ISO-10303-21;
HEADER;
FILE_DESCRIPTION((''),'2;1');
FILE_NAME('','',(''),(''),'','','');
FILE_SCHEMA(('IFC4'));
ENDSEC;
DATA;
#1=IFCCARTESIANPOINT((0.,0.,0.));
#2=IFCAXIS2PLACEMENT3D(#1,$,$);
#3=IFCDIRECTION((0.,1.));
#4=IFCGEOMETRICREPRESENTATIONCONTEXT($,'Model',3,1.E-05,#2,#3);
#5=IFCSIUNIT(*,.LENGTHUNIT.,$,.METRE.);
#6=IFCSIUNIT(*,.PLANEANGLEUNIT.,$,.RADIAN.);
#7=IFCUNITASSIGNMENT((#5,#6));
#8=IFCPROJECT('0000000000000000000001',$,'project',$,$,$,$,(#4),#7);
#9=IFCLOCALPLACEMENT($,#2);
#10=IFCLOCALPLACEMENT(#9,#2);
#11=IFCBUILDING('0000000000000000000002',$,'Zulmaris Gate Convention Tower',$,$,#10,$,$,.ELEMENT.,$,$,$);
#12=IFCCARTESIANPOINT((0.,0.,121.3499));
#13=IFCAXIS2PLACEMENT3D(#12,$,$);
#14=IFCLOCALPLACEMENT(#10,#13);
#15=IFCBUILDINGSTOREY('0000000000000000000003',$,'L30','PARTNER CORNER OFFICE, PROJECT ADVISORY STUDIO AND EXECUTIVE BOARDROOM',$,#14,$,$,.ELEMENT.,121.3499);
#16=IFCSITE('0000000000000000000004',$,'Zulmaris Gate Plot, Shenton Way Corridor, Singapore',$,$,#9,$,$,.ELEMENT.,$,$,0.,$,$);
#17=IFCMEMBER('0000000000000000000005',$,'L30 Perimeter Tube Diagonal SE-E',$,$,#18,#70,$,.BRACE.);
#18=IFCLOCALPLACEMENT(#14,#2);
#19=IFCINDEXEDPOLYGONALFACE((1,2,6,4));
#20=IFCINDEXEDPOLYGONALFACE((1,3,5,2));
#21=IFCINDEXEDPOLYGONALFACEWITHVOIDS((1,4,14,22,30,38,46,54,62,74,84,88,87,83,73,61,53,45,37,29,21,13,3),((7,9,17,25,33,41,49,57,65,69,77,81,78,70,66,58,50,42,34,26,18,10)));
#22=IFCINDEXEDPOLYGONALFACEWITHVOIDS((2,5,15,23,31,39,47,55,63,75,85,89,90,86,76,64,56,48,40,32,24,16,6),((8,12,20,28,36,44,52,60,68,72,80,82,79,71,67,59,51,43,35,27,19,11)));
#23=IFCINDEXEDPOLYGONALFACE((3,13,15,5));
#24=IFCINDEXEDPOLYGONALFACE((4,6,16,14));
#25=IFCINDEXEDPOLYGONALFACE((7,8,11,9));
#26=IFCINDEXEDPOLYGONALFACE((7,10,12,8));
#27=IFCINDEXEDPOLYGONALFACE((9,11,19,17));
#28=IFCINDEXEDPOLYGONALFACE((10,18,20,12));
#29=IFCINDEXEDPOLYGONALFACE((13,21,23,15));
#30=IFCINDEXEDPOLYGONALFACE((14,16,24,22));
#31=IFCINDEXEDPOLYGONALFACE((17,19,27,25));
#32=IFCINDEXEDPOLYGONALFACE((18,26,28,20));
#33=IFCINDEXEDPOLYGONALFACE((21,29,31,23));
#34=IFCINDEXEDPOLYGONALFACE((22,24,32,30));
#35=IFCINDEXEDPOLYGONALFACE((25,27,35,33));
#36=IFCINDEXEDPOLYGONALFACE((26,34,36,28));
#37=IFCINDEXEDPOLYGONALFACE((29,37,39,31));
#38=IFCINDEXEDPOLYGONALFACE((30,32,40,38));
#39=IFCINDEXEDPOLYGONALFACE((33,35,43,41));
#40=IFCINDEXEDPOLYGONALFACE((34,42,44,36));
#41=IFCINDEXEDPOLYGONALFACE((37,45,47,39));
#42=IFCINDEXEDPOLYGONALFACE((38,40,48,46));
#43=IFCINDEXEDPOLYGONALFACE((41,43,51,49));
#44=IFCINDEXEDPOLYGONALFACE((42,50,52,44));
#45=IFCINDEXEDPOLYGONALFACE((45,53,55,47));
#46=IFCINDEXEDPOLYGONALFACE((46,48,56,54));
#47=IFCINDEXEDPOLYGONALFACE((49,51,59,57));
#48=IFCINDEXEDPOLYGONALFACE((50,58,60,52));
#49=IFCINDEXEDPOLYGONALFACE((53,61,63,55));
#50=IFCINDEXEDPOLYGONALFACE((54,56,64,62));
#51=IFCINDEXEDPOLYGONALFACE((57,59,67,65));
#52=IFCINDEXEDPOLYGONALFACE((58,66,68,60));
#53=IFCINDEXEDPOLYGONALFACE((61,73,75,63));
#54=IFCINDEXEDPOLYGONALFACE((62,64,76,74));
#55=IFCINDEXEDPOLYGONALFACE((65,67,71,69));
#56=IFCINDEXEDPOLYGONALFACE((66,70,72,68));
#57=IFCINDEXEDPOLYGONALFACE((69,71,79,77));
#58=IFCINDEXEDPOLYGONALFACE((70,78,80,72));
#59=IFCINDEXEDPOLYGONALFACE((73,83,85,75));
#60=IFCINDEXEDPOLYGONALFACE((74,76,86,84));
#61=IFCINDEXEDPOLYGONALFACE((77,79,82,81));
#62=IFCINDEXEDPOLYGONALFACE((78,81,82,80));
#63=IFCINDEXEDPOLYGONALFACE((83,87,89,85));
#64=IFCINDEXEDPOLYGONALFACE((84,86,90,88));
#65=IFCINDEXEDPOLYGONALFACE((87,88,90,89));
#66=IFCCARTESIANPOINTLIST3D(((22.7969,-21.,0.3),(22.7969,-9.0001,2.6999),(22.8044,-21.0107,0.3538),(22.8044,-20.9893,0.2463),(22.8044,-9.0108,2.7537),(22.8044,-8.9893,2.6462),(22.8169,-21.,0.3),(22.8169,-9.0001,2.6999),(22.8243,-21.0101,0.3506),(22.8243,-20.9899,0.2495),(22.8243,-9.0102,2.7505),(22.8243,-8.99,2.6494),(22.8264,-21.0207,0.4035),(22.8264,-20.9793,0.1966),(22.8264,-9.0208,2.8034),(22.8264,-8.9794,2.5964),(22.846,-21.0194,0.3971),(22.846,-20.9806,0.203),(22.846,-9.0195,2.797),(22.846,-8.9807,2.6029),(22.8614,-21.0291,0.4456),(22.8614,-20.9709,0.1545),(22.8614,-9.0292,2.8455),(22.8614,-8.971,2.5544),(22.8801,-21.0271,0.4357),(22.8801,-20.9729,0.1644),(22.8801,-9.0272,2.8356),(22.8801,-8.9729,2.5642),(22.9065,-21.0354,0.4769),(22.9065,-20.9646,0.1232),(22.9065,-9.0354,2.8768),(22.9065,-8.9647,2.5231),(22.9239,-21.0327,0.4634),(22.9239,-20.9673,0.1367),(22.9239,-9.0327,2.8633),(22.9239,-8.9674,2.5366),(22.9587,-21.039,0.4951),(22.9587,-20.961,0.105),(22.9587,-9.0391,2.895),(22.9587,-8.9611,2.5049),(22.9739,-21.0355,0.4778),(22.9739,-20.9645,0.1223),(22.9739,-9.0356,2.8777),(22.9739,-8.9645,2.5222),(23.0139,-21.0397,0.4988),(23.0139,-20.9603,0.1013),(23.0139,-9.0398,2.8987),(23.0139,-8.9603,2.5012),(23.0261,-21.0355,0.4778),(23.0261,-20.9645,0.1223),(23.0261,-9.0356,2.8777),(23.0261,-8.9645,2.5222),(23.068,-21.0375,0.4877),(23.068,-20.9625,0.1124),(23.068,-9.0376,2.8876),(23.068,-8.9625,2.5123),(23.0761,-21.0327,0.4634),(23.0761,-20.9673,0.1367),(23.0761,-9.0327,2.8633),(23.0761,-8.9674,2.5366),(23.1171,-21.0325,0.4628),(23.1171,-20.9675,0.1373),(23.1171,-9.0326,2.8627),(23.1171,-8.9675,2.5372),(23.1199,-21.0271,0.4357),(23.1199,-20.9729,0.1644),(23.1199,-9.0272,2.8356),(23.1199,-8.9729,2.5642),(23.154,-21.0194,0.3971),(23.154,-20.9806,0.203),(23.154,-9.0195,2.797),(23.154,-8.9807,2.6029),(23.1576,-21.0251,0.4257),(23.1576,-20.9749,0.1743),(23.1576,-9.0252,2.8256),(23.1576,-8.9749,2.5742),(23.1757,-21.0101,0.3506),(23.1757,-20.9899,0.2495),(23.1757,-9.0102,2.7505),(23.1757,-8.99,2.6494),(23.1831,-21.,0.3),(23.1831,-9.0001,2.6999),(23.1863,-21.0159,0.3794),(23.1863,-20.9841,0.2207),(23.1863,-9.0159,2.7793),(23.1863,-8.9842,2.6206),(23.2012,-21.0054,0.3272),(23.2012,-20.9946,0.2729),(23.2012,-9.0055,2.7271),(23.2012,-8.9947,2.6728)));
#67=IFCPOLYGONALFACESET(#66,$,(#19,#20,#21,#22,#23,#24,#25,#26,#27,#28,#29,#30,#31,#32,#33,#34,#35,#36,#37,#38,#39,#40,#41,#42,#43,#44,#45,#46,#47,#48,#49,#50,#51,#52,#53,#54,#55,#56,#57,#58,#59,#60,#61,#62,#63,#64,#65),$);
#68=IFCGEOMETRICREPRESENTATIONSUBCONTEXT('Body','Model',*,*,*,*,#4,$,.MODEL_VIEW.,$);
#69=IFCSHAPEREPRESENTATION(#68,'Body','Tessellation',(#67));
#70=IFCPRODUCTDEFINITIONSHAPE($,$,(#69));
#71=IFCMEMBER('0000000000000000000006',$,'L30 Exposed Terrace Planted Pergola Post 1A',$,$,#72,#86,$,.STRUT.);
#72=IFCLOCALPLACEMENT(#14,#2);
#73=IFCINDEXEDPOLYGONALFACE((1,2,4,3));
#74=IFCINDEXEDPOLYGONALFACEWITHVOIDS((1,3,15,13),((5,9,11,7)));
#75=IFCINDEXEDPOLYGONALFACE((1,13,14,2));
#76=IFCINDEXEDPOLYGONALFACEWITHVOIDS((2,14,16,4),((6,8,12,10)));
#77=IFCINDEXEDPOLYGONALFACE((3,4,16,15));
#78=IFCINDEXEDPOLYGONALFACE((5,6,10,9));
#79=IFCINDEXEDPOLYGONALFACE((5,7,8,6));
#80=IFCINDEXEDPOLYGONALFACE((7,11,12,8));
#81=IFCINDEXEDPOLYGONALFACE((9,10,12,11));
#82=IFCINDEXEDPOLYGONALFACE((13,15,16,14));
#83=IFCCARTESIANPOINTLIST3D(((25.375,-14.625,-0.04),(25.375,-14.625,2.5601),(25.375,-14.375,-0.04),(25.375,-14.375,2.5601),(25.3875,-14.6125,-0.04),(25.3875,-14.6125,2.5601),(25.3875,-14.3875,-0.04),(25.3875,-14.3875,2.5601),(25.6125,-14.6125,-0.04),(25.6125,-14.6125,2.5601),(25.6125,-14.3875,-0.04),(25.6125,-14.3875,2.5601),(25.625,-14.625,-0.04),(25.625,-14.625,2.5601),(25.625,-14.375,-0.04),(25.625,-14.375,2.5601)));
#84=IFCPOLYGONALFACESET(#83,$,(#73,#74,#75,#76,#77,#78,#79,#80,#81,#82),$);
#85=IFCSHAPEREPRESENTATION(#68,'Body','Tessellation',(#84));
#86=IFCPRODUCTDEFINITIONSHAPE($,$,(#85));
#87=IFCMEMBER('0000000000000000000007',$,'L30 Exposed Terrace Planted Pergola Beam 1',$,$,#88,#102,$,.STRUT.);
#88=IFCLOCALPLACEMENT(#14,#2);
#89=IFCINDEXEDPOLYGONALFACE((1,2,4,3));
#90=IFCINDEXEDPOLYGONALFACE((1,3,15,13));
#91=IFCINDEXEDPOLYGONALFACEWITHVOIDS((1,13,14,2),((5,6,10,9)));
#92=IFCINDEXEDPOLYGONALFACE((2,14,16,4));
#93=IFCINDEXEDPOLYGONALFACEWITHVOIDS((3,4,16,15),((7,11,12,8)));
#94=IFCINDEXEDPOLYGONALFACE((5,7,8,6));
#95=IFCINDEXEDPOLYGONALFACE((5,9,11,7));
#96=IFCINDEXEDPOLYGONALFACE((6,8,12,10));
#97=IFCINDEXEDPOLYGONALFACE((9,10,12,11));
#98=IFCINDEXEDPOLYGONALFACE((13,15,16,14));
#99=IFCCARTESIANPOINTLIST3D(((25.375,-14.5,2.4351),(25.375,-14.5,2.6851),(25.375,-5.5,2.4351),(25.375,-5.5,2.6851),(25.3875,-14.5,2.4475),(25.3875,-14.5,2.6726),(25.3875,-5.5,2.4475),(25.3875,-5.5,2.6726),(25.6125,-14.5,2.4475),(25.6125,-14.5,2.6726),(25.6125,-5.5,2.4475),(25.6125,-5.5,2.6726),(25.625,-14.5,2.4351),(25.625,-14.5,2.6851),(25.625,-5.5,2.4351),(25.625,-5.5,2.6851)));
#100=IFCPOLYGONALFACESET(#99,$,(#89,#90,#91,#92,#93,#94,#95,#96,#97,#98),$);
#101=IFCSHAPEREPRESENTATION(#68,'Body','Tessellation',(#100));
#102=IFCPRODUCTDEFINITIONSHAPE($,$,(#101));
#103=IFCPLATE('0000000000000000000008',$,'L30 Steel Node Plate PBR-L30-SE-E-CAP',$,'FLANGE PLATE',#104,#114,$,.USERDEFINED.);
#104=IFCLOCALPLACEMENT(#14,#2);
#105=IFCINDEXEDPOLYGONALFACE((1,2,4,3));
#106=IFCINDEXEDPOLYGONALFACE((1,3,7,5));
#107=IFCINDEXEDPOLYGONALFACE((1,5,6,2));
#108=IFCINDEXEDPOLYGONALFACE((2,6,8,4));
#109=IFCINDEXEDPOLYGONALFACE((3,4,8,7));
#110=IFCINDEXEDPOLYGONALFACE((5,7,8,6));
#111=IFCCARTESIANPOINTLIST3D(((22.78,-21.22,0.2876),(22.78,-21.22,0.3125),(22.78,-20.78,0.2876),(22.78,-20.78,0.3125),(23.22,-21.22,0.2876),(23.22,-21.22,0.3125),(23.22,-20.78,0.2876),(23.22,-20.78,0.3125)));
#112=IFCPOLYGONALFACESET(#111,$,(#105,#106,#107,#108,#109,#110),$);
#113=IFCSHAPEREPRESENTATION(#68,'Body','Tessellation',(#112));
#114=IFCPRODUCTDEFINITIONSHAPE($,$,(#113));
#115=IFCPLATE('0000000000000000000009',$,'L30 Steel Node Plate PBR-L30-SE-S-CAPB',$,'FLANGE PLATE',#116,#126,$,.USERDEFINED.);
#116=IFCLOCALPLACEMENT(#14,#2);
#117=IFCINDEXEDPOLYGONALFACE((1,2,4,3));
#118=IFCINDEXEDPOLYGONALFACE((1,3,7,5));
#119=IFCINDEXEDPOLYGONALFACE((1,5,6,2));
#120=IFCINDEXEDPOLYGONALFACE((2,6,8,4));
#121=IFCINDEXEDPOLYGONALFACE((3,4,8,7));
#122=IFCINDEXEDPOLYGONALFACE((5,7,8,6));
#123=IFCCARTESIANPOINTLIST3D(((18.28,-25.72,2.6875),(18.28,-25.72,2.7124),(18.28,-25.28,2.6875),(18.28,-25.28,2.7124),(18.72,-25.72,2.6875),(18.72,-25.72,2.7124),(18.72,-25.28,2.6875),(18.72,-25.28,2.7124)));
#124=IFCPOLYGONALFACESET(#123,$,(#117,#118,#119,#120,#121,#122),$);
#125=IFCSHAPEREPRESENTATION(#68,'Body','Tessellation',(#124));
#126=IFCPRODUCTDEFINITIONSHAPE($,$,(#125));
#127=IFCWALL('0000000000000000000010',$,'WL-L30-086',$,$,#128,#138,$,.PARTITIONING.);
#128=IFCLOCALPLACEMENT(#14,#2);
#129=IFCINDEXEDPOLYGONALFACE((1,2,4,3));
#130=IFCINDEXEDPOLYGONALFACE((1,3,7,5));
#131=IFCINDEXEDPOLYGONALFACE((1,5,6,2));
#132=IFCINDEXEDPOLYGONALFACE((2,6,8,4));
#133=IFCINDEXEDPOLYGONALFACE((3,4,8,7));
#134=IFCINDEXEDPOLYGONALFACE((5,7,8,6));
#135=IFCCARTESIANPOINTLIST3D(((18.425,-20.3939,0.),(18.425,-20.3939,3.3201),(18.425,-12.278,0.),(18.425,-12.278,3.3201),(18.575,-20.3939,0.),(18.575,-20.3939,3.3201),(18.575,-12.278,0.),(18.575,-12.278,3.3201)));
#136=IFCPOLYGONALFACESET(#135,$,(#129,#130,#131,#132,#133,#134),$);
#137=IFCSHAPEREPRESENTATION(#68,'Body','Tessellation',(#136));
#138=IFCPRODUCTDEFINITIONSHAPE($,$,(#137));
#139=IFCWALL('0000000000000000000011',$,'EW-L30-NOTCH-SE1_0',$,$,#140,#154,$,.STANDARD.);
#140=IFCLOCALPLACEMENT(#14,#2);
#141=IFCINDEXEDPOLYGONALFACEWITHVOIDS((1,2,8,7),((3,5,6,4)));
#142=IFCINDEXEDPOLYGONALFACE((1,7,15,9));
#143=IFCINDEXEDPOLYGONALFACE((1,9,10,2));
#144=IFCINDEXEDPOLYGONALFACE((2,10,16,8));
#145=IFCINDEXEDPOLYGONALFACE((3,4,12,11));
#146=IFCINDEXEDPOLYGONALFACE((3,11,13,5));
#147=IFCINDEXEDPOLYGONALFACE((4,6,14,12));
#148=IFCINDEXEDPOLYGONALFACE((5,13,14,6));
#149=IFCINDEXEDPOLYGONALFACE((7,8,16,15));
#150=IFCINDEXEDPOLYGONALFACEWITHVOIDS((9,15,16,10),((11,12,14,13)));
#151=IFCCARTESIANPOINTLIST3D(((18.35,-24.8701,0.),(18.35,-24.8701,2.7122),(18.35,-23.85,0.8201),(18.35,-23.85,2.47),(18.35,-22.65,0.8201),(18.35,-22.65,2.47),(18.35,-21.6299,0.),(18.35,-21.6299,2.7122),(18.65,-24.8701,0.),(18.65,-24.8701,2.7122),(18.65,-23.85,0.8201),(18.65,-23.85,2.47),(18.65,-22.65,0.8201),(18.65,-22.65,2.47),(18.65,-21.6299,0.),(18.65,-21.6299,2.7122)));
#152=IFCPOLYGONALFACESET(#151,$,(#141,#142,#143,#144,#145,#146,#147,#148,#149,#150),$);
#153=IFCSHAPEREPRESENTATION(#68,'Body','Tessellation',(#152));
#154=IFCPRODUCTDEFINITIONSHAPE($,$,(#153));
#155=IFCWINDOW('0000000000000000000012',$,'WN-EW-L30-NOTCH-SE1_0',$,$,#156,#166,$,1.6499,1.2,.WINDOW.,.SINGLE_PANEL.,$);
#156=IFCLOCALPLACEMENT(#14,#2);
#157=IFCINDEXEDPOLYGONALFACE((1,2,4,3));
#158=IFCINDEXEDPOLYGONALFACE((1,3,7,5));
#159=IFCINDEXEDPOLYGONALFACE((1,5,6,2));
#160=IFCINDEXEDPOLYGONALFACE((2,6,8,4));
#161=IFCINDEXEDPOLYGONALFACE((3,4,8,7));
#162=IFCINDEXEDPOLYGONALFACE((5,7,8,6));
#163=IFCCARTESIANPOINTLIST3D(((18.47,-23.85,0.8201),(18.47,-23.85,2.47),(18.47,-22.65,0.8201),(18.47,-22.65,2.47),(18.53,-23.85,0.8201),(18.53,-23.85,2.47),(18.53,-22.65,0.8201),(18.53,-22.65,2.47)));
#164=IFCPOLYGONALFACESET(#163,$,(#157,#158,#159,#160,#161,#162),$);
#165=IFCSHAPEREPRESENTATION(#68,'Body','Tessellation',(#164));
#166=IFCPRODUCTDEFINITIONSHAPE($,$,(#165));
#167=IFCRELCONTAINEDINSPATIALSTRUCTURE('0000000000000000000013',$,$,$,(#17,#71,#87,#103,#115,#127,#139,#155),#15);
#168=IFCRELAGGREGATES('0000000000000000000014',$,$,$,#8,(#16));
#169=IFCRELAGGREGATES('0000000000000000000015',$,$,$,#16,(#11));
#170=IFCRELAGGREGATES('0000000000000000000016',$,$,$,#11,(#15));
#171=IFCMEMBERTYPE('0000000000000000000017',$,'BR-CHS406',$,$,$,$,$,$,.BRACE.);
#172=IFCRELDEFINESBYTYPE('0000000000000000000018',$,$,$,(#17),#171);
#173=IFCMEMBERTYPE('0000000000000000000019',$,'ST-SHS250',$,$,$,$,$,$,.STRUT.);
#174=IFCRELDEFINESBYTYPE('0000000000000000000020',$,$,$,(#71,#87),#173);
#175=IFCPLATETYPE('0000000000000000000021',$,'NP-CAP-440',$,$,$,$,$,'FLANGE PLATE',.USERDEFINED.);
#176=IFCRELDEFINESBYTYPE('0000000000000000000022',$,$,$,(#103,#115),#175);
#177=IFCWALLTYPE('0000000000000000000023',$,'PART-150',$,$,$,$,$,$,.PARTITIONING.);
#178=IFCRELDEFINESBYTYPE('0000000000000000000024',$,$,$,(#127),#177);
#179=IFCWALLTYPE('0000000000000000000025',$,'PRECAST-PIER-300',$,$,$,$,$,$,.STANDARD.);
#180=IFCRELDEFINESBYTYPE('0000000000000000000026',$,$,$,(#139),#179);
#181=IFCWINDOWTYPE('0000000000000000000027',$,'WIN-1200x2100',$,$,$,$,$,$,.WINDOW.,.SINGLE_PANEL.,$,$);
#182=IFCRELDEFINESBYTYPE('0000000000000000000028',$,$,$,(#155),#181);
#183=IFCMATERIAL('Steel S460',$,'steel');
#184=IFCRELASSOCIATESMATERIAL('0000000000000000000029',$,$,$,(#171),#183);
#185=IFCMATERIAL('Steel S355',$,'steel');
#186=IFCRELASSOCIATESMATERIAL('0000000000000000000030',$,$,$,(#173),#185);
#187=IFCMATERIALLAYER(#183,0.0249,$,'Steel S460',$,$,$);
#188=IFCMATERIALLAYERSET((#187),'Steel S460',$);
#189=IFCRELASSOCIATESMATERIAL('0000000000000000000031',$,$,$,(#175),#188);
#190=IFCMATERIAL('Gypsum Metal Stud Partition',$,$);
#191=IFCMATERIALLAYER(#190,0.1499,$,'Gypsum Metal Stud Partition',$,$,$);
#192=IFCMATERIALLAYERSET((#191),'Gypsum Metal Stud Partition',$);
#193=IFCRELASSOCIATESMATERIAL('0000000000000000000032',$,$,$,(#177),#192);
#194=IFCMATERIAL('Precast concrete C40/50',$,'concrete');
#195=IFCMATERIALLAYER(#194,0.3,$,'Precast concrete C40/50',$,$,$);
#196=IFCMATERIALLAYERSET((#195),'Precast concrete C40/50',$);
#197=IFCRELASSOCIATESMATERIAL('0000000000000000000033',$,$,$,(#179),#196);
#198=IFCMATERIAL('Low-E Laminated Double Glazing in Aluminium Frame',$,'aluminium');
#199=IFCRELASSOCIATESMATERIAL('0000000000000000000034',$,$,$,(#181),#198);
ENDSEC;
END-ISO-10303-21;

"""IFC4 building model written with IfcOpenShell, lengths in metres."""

from ifc_helpers import new_model, si_unit, direction, frame, frame_2d, origin, origin_2d, place, context, subcontext, project, spatial, rectangle, hollow_rectangle, hollow_circle, extrude, material, layer, layer_set, material_profile, profile_set, type_object, element, fill, save


model = new_model("IFC4")

# Units and contexts
model_context = context("Model", 3, precision=1e-05, world=origin(), true_north=direction((0.0, 1.0)))
body_context = subcontext(model_context, "Body", "Model", "MODEL_VIEW")
ifc_project = project(units=[si_unit("LENGTHUNIT", "METRE"), si_unit("PLANEANGLEUNIT", "RADIAN")], contexts=[model_context])

# Site, building, storey
site_placement = place(None, origin())
site = spatial("IfcSite", under=ifc_project, at=site_placement, Name="Zulmaris Gate Plot, Shenton Way Corridor, Singapore", CompositionType="ELEMENT", RefElevation=0.0)
building_placement = place(site_placement, origin())
building = spatial("IfcBuilding", under=site, at=building_placement, Name="Zulmaris Gate Convention Tower", CompositionType="ELEMENT")
storey_placement = place(building_placement, frame((0.0, 0.0, 121.3499)))
storey = spatial("IfcBuildingStorey", under=building, at=storey_placement, Name="L30", Description="PARTNER CORNER OFFICE, PROJECT ADVISORY STUDIO AND EXECUTIVE BOARDROOM", CompositionType="ELEMENT", Elevation=121.3499)

# Shared definitions
ifc_material_1 = material(Name="Steel S355", Category="steel")

# Members
ifc_material_2 = material(Name="Steel S460", Category="steel")
ifc_material_profile_1 = material_profile(ifc_material_2, hollow_circle(Radius=0.2031, WallThickness=0.02, at=origin_2d()), Name="CHS 406.4x20")
ifc_profile_set_1 = profile_set([ifc_material_profile_1], Name="Steel S460")
member_type_1 = type_object("IfcMemberType", Name="BR-CHS406", PredefinedType="BRACE", material=ifc_profile_set_1)
member_1_placement = place(storey_placement, frame((23.0, -21.0, 0.3), z_axis=(0.0, 0.980582, 0.196108), x_axis=(-1.0, 0.0, 0.0)))
element("IfcMember", 1, at=member_1_placement, inside=storey, type_object=member_type_1, Name="L30 Perimeter Tube Diagonal SE-E", PredefinedType="BRACE", context=body_context, shape_type="SweptSolid", body=[
    extrude(hollow_circle(Radius=0.2031, WallThickness=0.02, at=origin_2d()), origin(), (0.0, 0.0, 1.0), 12.2375),
])
ifc_material_profile_2 = material_profile(ifc_material_1, hollow_rectangle(XDim=0.25, YDim=0.25, WallThickness=0.0125, at=origin_2d()), Name="SHS 250x250x12.5")
ifc_profile_set_2 = profile_set([ifc_material_profile_2], Name="Steel S355")
member_type_2 = type_object("IfcMemberType", Name="ST-SHS250", PredefinedType="STRUT", material=ifc_profile_set_2)
member_2_placement = place(storey_placement, frame((25.5, -14.5, -0.04), z_axis=(0.0, 0.0, 1.0), x_axis=(1.0, 0.0, 0.0)))
element("IfcMember", 2, at=member_2_placement, inside=storey, type_object=member_type_2, Name="L30 Exposed Terrace Planted Pergola Post 1A", PredefinedType="STRUT", context=body_context, shape_type="SweptSolid", body=[
    extrude(hollow_rectangle(XDim=0.25, YDim=0.25, WallThickness=0.0125, at=origin_2d()), origin(), (0.0, 0.0, 1.0), 2.6001),
])
member_3_placement = place(storey_placement, frame((25.5, -14.5, 2.5601), z_axis=(0.0, 1.0, 0.0), x_axis=(-1.0, 0.0, 0.0)))
element("IfcMember", 3, at=member_3_placement, inside=storey, type_object=member_type_2, Name="L30 Exposed Terrace Planted Pergola Beam 1", PredefinedType="STRUT", context=body_context, shape_type="SweptSolid", body=[
    extrude(hollow_rectangle(XDim=0.25, YDim=0.25, WallThickness=0.0125, at=origin_2d()), origin(), (0.0, 0.0, 1.0), 9.0),
])

# Plates
ifc_layer_1 = layer(ifc_material_2, 0.0249, Name="Steel S460")
ifc_layer_set_1 = layer_set([ifc_layer_1], Name="Steel S460")
plate_type = type_object("IfcPlateType", Name="NP-CAP-440", ElementType="FLANGE PLATE", PredefinedType="USERDEFINED", material=ifc_layer_set_1)
for number, where, z_axis, x_axis, name in (
    (4, (23.0, -21.0, 0.2876), (0.0, 0.0, 1.0), (1.0, 0.0, 0.0), "L30 Steel Node Plate PBR-L30-SE-E-CAP"),
    (5, (18.5, -25.5, 2.6875), (0.0, 0.0, 1.0), (1.0, 0.0, 0.0), "L30 Steel Node Plate PBR-L30-SE-S-CAPB"),
):
    element("IfcPlate", number, at=place(storey_placement, frame(where, z_axis=z_axis, x_axis=x_axis)), inside=storey, type_object=plate_type, Name=name, ObjectType="FLANGE PLATE", PredefinedType="USERDEFINED", context=body_context, shape_type="SweptSolid", body=[
        extrude(rectangle(XDim=0.4399, YDim=0.4399, at=origin_2d()), origin(), (0.0, 0.0, 1.0), 0.0249),
    ])

# Wall
ifc_material_3 = material(Name="Gypsum Metal Stud Partition")
ifc_layer_2 = layer(ifc_material_3, 0.1499, Name="Gypsum Metal Stud Partition")
ifc_layer_set_2 = layer_set([ifc_layer_2], Name="Gypsum Metal Stud Partition")
wall_type_1 = type_object("IfcWallType", Name="PART-150", PredefinedType="PARTITIONING", material=ifc_layer_set_2)
wall_1_placement = place(storey_placement, frame((18.5, -20.394, 0.0), z_axis=(0.0, 0.0, 1.0), x_axis=(0.0, 1.0, 0.0)))
element("IfcWall", 6, at=wall_1_placement, inside=storey, type_object=wall_type_1, Name="WL-L30-086", PredefinedType="PARTITIONING", context=body_context, shape_type="SweptSolid", body=[
    extrude(rectangle(XDim=8.116, YDim=0.1499, at=frame_2d((4.0581, 0.0))), origin(), (0.0, 0.0, 1.0), 3.3201),
])

# Wall, opening, window
ifc_material_4 = material(Name="Precast concrete C40/50", Category="concrete")
ifc_layer_3 = layer(ifc_material_4, 0.3, Name="Precast concrete C40/50")
ifc_layer_set_3 = layer_set([ifc_layer_3], Name="Precast concrete C40/50")
wall_type_2 = type_object("IfcWallType", Name="PRECAST-PIER-300", PredefinedType="STANDARD", material=ifc_layer_set_3)
wall_2_placement = place(storey_placement, frame((18.5, -24.8701, 0.0), z_axis=(0.0, 0.0, 1.0), x_axis=(0.0, 1.0, 0.0)))
wall_2 = element("IfcWall", 7, at=wall_2_placement, inside=storey, type_object=wall_type_2, Name="EW-L30-NOTCH-SE1_0", PredefinedType="STANDARD", context=body_context, shape_type="SweptSolid", body=[
    extrude(rectangle(XDim=3.2402, YDim=0.3, at=frame_2d((1.6201, 0.0))), origin(), (0.0, 0.0, 1.0), 2.7122),
])
opening_1_placement = place(wall_2_placement, frame((1.02, 0.0, 0.8201)))
opening_1 = element("IfcOpeningElement", 8, at=opening_1_placement, cuts=wall_2, PredefinedType="OPENING", context=body_context, shape_type="SweptSolid", body=[
    extrude(rectangle(XDim=1.2, YDim=1.6499, at=frame_2d((0.6001, 0.825))), frame((0.0, 0.1602, 0.0), z_axis=(0.0, -1.0, 0.0), x_axis=(1.0, 0.0, 0.0)), (0.0, 0.0, 1.0), 0.3201),
])
ifc_material_5 = material(Name="Low-E Laminated Double Glazing in Aluminium Frame", Category="aluminium")
window_type = type_object("IfcWindowType", Name="WIN-1200x2100", PartitioningType="SINGLE_PANEL", PredefinedType="WINDOW", material=ifc_material_5)
window_1_placement = place(opening_1_placement, origin())
window_1 = element("IfcWindow", 9, at=window_1_placement, inside=storey, type_object=window_type, Name="WN-EW-L30-NOTCH-SE1_0", OverallHeight=1.6499, OverallWidth=1.2, PartitioningType="SINGLE_PANEL", PredefinedType="WINDOW", context=body_context, shape_type="SweptSolid", body=[
    extrude(rectangle(XDim=1.2, YDim=1.6499, at=frame_2d((0.6001, 0.825))), frame((0.0, 0.03, 0.0), z_axis=(0.0, -1.0, 0.0), x_axis=(1.0, 0.0, 0.0)), (0.0, 0.0, 1.0), 0.0601),
])
fill(opening_1, window_1)

save(model, "model.ifc")
